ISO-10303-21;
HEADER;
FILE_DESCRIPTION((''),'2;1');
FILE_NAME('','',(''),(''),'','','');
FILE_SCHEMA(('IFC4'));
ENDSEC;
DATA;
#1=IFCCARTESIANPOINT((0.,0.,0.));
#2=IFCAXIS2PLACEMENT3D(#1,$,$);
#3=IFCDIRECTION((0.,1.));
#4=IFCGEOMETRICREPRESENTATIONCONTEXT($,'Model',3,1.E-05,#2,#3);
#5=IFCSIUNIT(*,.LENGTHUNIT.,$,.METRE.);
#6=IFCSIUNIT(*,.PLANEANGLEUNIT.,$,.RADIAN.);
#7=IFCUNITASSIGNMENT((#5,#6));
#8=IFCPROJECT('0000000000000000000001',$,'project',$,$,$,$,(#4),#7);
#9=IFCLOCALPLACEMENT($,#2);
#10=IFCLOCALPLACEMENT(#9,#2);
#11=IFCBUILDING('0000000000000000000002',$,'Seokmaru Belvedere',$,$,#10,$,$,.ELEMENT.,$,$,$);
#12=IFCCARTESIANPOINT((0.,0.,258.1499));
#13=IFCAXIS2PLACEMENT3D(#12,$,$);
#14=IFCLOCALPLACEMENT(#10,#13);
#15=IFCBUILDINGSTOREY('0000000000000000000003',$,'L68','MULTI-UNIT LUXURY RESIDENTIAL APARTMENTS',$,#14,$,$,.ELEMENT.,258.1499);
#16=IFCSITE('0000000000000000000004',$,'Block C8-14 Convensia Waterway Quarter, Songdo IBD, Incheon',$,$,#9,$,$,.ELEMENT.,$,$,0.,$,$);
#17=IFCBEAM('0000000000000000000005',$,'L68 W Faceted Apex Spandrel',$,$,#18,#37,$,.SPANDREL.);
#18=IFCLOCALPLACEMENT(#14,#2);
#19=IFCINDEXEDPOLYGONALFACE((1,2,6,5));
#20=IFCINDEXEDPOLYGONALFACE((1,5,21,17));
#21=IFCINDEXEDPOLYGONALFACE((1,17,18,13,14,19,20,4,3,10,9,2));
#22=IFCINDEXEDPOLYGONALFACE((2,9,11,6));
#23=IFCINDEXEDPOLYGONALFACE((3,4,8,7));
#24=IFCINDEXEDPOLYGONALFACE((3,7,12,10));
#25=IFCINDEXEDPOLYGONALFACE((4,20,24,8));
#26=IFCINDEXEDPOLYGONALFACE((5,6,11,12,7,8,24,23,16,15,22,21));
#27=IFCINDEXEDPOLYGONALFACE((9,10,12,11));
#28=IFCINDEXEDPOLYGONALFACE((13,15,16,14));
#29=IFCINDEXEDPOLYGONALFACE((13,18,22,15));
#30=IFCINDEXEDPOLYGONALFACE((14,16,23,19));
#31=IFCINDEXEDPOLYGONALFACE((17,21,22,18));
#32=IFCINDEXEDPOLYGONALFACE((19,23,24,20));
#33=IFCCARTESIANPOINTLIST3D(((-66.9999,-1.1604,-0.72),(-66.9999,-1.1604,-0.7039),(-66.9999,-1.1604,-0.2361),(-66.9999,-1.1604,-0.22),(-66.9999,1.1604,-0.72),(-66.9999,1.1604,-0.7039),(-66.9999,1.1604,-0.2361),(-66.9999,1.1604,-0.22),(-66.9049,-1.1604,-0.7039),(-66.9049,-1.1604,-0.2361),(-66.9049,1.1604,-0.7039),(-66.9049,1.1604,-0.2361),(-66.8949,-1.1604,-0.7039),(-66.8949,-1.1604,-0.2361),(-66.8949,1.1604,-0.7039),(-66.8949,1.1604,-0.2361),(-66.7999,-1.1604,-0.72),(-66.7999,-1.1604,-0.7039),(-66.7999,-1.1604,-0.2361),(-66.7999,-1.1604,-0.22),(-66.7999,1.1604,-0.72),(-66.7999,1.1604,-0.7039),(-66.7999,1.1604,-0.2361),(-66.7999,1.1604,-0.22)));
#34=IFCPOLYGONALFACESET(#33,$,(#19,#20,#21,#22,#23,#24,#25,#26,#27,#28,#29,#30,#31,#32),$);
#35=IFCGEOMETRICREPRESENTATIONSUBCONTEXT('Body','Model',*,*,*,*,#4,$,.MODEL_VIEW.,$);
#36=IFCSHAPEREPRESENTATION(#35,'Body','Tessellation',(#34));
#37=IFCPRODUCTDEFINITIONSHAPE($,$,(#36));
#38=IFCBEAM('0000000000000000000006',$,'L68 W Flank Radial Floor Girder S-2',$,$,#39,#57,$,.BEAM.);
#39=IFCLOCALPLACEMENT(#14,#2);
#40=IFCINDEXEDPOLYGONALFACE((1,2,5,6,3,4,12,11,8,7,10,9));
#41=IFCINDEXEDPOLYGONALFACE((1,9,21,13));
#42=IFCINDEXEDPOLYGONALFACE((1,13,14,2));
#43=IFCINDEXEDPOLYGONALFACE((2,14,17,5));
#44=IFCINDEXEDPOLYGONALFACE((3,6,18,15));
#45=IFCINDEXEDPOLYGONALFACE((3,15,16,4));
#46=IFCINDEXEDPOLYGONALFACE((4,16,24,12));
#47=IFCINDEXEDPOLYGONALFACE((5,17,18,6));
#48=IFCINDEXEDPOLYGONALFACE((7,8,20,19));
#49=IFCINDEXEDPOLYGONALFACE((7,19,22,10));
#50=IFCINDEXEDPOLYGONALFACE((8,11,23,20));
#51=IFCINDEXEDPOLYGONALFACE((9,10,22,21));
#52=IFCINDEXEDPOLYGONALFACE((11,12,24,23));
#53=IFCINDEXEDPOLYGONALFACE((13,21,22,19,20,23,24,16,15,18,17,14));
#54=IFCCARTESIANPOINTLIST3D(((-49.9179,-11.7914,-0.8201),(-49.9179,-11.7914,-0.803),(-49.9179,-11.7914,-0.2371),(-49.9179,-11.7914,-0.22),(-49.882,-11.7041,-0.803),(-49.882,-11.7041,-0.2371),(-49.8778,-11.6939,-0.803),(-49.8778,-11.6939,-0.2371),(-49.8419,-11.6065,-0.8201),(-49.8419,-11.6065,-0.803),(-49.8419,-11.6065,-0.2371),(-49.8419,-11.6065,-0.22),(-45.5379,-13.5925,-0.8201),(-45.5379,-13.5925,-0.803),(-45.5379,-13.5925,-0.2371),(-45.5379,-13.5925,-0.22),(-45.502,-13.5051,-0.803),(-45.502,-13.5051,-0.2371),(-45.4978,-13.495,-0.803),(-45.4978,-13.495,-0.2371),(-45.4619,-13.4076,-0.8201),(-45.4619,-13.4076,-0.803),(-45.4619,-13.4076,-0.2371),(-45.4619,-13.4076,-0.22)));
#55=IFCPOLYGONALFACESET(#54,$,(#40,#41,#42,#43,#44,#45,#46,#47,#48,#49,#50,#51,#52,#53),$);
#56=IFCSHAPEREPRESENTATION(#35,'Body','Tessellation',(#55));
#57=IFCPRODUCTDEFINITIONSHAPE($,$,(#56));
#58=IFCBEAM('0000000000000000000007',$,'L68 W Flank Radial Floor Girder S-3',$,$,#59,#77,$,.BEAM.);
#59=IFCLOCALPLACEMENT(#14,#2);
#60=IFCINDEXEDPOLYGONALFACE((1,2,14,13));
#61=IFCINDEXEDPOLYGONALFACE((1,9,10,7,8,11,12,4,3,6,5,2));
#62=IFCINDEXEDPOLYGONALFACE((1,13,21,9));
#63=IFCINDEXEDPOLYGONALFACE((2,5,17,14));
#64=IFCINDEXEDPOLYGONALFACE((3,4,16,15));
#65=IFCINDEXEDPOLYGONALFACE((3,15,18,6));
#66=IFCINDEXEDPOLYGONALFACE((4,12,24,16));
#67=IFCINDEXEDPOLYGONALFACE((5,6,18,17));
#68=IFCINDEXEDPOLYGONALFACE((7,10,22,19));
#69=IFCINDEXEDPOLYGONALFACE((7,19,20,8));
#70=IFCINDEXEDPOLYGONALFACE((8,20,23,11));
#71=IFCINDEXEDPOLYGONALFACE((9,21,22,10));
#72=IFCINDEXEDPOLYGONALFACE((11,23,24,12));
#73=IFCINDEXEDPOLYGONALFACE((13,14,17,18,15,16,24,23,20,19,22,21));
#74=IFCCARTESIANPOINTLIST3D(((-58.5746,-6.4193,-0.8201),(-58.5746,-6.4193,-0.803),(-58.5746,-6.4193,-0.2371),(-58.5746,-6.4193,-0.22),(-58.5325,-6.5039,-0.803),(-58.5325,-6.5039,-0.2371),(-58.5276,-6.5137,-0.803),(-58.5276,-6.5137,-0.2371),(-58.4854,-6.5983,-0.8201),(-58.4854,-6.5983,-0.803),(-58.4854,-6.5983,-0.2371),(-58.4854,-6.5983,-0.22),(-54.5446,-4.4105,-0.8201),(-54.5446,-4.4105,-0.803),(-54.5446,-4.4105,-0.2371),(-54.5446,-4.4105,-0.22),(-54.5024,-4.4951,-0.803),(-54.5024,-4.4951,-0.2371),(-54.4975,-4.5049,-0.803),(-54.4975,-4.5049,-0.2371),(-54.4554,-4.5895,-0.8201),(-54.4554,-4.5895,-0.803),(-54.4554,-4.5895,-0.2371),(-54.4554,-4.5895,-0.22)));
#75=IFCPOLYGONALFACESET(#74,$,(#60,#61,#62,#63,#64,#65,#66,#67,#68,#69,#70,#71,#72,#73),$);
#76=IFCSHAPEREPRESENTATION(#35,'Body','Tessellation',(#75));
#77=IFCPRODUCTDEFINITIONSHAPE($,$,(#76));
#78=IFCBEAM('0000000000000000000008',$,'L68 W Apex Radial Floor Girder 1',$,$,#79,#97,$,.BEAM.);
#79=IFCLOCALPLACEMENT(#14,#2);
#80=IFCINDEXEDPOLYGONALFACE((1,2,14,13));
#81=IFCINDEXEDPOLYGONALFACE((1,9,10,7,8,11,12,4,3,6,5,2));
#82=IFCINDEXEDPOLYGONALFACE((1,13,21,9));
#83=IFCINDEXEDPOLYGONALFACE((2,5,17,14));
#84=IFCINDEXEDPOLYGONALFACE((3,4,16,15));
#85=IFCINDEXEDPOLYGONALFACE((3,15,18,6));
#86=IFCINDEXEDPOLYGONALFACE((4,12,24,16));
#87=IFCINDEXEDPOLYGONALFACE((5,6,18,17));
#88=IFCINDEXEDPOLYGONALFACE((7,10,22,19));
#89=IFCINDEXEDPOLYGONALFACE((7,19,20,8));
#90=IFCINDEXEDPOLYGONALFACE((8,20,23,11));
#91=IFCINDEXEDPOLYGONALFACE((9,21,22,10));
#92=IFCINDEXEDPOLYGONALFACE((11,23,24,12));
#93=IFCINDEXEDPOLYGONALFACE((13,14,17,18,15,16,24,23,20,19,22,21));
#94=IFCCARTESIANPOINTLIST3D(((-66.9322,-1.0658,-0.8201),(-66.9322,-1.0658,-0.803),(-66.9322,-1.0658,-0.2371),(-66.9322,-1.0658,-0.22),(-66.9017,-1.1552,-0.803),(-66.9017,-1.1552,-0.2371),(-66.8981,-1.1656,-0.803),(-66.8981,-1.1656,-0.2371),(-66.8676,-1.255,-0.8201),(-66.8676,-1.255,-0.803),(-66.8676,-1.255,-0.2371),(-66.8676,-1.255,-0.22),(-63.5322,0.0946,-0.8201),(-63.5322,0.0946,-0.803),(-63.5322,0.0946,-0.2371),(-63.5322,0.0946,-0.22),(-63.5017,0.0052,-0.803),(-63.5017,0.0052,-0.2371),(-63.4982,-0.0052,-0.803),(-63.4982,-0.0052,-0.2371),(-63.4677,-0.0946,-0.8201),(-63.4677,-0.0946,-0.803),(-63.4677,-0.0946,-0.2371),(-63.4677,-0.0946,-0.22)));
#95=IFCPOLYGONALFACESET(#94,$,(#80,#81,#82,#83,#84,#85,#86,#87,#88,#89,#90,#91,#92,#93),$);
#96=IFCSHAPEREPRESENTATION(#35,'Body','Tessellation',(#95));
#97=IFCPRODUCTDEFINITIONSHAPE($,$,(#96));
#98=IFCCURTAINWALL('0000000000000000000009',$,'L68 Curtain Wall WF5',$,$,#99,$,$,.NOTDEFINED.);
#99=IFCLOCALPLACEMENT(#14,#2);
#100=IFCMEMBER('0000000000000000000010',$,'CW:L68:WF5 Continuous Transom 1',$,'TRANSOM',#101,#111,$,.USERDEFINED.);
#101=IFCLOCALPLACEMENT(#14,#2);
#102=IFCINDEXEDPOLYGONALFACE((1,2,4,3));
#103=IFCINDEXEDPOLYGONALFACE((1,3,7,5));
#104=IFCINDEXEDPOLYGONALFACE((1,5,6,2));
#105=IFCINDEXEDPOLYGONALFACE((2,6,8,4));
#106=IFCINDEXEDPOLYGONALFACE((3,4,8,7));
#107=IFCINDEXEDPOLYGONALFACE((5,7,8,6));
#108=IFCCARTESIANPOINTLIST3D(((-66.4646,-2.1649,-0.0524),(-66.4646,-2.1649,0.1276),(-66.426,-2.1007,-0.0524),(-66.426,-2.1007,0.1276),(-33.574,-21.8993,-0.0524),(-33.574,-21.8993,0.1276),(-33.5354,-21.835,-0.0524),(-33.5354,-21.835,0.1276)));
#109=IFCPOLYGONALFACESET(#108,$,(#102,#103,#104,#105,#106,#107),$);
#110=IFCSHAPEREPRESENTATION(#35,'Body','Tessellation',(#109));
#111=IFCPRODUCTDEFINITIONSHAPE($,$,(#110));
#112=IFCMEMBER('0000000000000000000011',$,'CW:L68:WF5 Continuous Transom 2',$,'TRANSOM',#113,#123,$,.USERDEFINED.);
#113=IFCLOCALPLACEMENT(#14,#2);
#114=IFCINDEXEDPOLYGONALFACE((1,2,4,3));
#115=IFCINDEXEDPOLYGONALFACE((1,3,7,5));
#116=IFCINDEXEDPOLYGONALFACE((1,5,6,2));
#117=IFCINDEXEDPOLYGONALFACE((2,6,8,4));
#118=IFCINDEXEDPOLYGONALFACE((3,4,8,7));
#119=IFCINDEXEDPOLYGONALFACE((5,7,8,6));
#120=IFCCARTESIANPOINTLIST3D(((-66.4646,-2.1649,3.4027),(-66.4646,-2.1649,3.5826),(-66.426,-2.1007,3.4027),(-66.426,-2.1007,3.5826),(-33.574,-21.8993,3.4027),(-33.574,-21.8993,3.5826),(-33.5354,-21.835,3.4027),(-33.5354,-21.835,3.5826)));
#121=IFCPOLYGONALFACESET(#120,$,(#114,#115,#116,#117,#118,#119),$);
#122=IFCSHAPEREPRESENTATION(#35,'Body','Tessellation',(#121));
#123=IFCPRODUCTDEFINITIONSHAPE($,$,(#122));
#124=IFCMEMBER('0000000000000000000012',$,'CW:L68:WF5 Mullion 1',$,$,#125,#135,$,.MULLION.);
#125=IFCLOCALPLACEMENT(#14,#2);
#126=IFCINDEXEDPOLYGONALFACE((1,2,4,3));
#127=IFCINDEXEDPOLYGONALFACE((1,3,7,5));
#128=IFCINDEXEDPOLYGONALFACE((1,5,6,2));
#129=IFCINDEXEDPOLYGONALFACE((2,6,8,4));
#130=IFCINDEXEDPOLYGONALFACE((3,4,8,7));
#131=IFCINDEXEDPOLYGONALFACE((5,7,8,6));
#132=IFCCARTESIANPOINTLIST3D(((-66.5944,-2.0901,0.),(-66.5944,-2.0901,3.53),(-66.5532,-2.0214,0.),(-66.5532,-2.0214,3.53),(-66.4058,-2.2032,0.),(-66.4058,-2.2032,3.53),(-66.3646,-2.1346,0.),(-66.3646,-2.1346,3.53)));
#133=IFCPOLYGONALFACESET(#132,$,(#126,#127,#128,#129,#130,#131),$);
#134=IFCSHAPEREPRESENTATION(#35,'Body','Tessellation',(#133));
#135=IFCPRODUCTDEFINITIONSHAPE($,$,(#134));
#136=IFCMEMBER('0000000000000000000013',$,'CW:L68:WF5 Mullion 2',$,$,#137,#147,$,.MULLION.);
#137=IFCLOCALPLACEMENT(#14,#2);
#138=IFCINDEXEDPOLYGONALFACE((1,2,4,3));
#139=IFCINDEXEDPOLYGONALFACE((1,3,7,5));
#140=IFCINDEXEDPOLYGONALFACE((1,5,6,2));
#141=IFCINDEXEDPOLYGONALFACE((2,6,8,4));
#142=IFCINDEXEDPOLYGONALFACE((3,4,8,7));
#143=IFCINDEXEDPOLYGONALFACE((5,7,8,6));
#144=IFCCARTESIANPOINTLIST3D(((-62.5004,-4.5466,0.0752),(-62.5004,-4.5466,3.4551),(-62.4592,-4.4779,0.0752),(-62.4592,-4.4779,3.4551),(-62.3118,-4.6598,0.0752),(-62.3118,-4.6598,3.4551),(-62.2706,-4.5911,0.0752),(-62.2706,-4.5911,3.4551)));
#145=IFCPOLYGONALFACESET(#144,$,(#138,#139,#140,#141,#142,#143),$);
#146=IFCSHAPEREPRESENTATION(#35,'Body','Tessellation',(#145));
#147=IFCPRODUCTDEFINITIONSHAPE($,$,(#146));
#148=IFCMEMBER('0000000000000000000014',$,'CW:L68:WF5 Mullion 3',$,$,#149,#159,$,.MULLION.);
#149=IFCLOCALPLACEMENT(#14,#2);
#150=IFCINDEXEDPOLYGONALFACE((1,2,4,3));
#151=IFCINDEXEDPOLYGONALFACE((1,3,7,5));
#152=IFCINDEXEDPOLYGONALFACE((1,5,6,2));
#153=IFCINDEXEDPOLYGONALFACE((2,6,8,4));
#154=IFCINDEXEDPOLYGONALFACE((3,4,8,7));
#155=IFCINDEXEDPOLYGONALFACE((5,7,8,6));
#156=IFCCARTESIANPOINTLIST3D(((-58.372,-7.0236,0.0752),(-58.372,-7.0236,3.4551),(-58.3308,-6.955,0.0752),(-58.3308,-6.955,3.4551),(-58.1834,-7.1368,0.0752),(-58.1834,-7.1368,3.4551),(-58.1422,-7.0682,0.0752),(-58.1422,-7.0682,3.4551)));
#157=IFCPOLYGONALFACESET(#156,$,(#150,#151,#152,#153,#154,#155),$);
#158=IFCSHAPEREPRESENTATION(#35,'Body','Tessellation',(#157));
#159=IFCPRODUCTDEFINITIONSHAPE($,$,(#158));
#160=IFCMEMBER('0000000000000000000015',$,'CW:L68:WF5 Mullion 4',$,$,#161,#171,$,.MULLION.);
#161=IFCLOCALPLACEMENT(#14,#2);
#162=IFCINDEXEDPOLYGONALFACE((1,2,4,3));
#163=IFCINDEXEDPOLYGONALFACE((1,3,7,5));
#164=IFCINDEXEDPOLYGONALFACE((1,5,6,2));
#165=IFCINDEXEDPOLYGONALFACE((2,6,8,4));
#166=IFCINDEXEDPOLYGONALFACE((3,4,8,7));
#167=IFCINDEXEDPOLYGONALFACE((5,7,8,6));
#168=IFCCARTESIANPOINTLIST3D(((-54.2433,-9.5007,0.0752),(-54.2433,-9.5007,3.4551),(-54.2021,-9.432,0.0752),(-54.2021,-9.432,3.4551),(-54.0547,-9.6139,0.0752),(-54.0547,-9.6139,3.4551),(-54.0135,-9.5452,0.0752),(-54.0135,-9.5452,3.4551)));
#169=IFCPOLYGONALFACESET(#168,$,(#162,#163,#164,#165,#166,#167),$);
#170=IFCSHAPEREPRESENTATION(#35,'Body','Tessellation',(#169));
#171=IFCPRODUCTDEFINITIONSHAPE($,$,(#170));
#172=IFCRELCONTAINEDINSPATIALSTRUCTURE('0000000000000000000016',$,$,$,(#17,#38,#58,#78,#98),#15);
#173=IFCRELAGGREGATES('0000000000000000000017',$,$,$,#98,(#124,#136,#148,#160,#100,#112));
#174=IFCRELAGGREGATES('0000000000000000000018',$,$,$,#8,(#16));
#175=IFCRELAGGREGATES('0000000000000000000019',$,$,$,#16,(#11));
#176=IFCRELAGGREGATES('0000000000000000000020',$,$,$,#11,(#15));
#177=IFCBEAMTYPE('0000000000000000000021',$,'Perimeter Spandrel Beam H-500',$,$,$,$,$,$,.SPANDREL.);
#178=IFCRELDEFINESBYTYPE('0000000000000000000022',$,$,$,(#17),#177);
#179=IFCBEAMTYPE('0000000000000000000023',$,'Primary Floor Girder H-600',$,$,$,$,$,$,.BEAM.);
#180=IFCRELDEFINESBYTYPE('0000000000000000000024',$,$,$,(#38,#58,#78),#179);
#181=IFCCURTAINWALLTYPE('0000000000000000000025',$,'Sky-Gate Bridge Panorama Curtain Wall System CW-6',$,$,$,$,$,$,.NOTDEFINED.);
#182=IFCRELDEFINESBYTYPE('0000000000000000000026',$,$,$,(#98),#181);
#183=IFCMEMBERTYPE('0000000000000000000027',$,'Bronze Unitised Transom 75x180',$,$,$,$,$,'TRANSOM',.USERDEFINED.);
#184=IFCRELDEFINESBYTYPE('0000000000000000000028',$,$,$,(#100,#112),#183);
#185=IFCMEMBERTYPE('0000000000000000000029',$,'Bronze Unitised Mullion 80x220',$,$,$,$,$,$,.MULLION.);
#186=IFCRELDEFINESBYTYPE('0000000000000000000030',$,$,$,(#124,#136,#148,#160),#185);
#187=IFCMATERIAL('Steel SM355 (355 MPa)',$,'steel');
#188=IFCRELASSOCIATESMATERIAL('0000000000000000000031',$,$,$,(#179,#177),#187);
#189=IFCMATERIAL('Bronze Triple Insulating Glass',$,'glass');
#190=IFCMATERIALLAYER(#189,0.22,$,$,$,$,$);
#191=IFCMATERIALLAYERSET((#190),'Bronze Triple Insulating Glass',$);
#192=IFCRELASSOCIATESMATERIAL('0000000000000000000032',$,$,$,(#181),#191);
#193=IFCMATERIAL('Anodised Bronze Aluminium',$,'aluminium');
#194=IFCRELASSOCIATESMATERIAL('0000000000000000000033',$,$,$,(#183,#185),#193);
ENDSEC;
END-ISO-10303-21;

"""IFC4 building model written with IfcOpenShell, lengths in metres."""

from ifc_helpers import new_model, si_unit, direction, frame, origin, origin_2d, place, context, subcontext, project, spatial, rectangle, i_section, extrude, source, transform, mapped, material, layer, layer_set, material_profile, profile_set, type_object, type_shapes, element, aggregate, save


model = new_model("IFC4")

# Units and contexts
model_context = context("Model", 3, precision=1e-05, world=origin(), true_north=direction((0.0, 1.0)))
body_context = subcontext(model_context, "Body", "Model", "MODEL_VIEW")
ifc_project = project(units=[si_unit("LENGTHUNIT", "METRE"), si_unit("PLANEANGLEUNIT", "RADIAN")], contexts=[model_context])

# Site, building, storey
site_placement = place(None, origin())
site = spatial("IfcSite", under=ifc_project, at=site_placement, Name="Block C8-14 Convensia Waterway Quarter, Songdo IBD, Incheon", CompositionType="ELEMENT", RefElevation=0.0)
building_placement = place(site_placement, origin())
building = spatial("IfcBuilding", under=site, at=building_placement, Name="Seokmaru Belvedere", CompositionType="ELEMENT")
storey_placement = place(building_placement, frame((0.0, 0.0, 258.1499)))
storey = spatial("IfcBuildingStorey", under=building, at=storey_placement, Name="L68", Description="MULTI-UNIT LUXURY RESIDENTIAL APARTMENTS", CompositionType="ELEMENT", Elevation=258.1499)

# Shared definitions
ifc_material_1 = material(Name="Steel SM355 (355 MPa)", Category="steel")

# Beams
ifc_material_profile_1 = material_profile(ifc_material_1, i_section(OverallWidth=0.2, OverallDepth=0.6001, WebThickness=0.011, FlangeThickness=0.0171, at=origin_2d()), Name="H-600x200x11x17")
ifc_profile_set_1 = profile_set([ifc_material_profile_1], Name="Steel SM355 (355 MPa)")
beam_type_1 = type_object("IfcBeamType", Name="Primary Floor Girder H-600", PredefinedType="BEAM", material=ifc_profile_set_1)
ifc_material_profile_2 = material_profile(ifc_material_1, i_section(OverallWidth=0.2, OverallDepth=0.5, WebThickness=0.01, FlangeThickness=0.0161, at=origin_2d()), Name="H-500x200x10x16")
ifc_profile_set_2 = profile_set([ifc_material_profile_2], Name="Steel SM355 (355 MPa)")
beam_type_2 = type_object("IfcBeamType", Name="Perimeter Spandrel Beam H-500", PredefinedType="SPANDREL", material=ifc_profile_set_2)
shared_shape_1 = source(origin(), body_context, "Body", "SweptSolid", [
    extrude(i_section(OverallWidth=0.2, OverallDepth=0.5, WebThickness=0.01, FlangeThickness=0.0161, at=origin_2d()), origin(), (0.0, 0.0, 1.0), 2.3208),
])
beam_1_placement = place(storey_placement, frame((-66.8999, -1.1604, -0.47), z_axis=(0.0, 1.0, 0.0), x_axis=(-1.0, 0.0, 0.0)))
element("IfcBeam", 1, at=beam_1_placement, inside=storey, type_object=beam_type_2, Name="L68 W Faceted Apex Spandrel", PredefinedType="SPANDREL", context=body_context, shape_type="MappedRepresentation", body=[
    mapped(shared_shape_1, transform((0.0, 0.0, 0.0), scale=1.0)),
])
shared_shape_2 = source(origin(), body_context, "Body", "SweptSolid", [
    extrude(i_section(OverallWidth=0.2, OverallDepth=0.6001, WebThickness=0.011, FlangeThickness=0.0171, at=origin_2d()), origin(), (0.0, 0.0, 1.0), 4.7358),
])
beam_2_placement = place(storey_placement, frame((-49.8799, -11.699, -0.52), z_axis=(0.924861, -0.380306, 0.0), x_axis=(0.380306, 0.924861, 0.0)))
element("IfcBeam", 2, at=beam_2_placement, inside=storey, type_object=beam_type_1, Name="L68 W Flank Radial Floor Girder S-2", PredefinedType="BEAM", context=body_context, shape_type="MappedRepresentation", body=[
    mapped(shared_shape_2, transform((0.0, 0.0, 0.0), scale=1.0)),
])
shared_shape_3 = source(origin(), body_context, "Body", "SweptSolid", [
    extrude(i_section(OverallWidth=0.2, OverallDepth=0.6001, WebThickness=0.011, FlangeThickness=0.0171, at=origin_2d()), origin(), (0.0, 0.0, 1.0), 4.5029),
])
beam_3_placement = place(storey_placement, frame((-58.53, -6.5088, -0.52), z_axis=(0.89498, 0.446107, 0.0), x_axis=(-0.446107, 0.89498, 0.0)))
element("IfcBeam", 3, at=beam_3_placement, inside=storey, type_object=beam_type_1, Name="L68 W Flank Radial Floor Girder S-3", PredefinedType="BEAM", context=body_context, shape_type="MappedRepresentation", body=[
    mapped(shared_shape_3, transform((0.0, 0.0, 0.0), scale=1.0)),
])
shared_shape_4 = source(origin(), body_context, "Body", "SweptSolid", [
    extrude(i_section(OverallWidth=0.2, OverallDepth=0.6001, WebThickness=0.011, FlangeThickness=0.0171, at=origin_2d()), origin(), (0.0, 0.0, 1.0), 3.5925),
])
beam_4_placement = place(storey_placement, frame((-66.8999, -1.1604, -0.52), z_axis=(0.946396, 0.323009, 0.0), x_axis=(-0.323009, 0.946396, 0.0)))
element("IfcBeam", 4, at=beam_4_placement, inside=storey, type_object=beam_type_1, Name="L68 W Apex Radial Floor Girder 1", PredefinedType="BEAM", context=body_context, shape_type="MappedRepresentation", body=[
    mapped(shared_shape_4, transform((0.0, 0.0, 0.0), scale=1.0)),
])

# Curtain wall, members
ifc_material_2 = material(Name="Bronze Triple Insulating Glass", Category="glass")
ifc_layer_1 = layer(ifc_material_2, 0.22)
ifc_layer_set_1 = layer_set([ifc_layer_1], Name="Bronze Triple Insulating Glass")
curtain_wall_type = type_object("IfcCurtainWallType", Name="Sky-Gate Bridge Panorama Curtain Wall System CW-6", PredefinedType="NOTDEFINED", material=ifc_layer_set_1)
curtain_wall_placement = place(storey_placement, origin())
curtain_wall = element("IfcCurtainWall", 5, at=curtain_wall_placement, inside=storey, type_object=curtain_wall_type, Name="L68 Curtain Wall WF5", PredefinedType="NOTDEFINED")
ifc_material_3 = material(Name="Anodised Bronze Aluminium", Category="aluminium")
ifc_material_profile_3 = material_profile(ifc_material_3, rectangle(XDim=0.075, YDim=0.1799, at=origin_2d()), Name="CW-T-75x180")
ifc_profile_set_3 = profile_set([ifc_material_profile_3], Name="Anodised Bronze Aluminium")
member_type_1 = type_object("IfcMemberType", Name="Bronze Unitised Transom 75x180", ElementType="TRANSOM", PredefinedType="USERDEFINED", material=ifc_profile_set_3)
shared_shape_5 = source(origin(), body_context, "Body", "SweptSolid", [
    extrude(rectangle(XDim=0.075, YDim=0.1799, at=origin_2d()), origin(), (0.0, 0.0, 1.0), 38.3567),
])
type_shapes(member_type_1, [shared_shape_5])
member_1_placement = place(storey_placement, frame((-66.4453, -2.1328, 0.0376), z_axis=(0.857493, -0.514496, 0.0), x_axis=(0.514496, 0.857493, 0.0)))
member_1 = element("IfcMember", 6, at=member_1_placement, type_object=member_type_1, Name="CW:L68:WF5 Continuous Transom 1", ObjectType="TRANSOM", PredefinedType="USERDEFINED", context=body_context, shape_type="MappedRepresentation", body=[
    mapped(shared_shape_5, transform((0.0, 0.0, 0.0), scale=1.0)),
])
member_2_placement = place(storey_placement, frame((-66.4453, -2.1328, 3.4927), z_axis=(0.857493, -0.514496, 0.0), x_axis=(0.514496, 0.857493, 0.0)))
member_2 = element("IfcMember", 7, at=member_2_placement, type_object=member_type_1, Name="CW:L68:WF5 Continuous Transom 2", ObjectType="TRANSOM", PredefinedType="USERDEFINED", context=body_context, shape_type="MappedRepresentation", body=[
    mapped(shared_shape_5, transform((0.0, 0.0, 0.0), scale=1.0)),
])
ifc_material_profile_4 = material_profile(ifc_material_3, rectangle(XDim=0.0801, YDim=0.22, at=origin_2d()), Name="CW-M-80x220")
ifc_profile_set_4 = profile_set([ifc_material_profile_4], Name="Anodised Bronze Aluminium")
member_type_2 = type_object("IfcMemberType", Name="Bronze Unitised Mullion 80x220", PredefinedType="MULLION", material=ifc_profile_set_4)
shared_shape_6 = source(origin(), body_context, "Body", "SweptSolid", [
    extrude(rectangle(XDim=0.0801, YDim=0.22, at=origin_2d()), origin(), (0.0, 0.0, 1.0), 3.53),
])
member_3_placement = place(storey_placement, frame((-66.4795, -2.1123, 0.0), z_axis=(0.0, 0.0, 1.0), x_axis=(0.514495, 0.857493, 0.0)))
member_3 = element("IfcMember", 8, at=member_3_placement, type_object=member_type_2, Name="CW:L68:WF5 Mullion 1", PredefinedType="MULLION", context=body_context, shape_type="MappedRepresentation", body=[
    mapped(shared_shape_6, transform((0.0, 0.0, 0.0), scale=1.0)),
])
shared_shape_7 = source(origin(), body_context, "Body", "SweptSolid", [
    extrude(rectangle(XDim=0.0801, YDim=0.22, at=origin_2d()), origin(), (0.0, 0.0, 1.0), 3.3799),
])
type_shapes(member_type_2, [shared_shape_6, shared_shape_7])
member_4_placement = place(storey_placement, frame((-62.3855, -4.5688, 0.0752), z_axis=(0.0, 0.0, 1.0), x_axis=(0.514495, 0.857493, 0.0)))
member_4 = element("IfcMember", 9, at=member_4_placement, type_object=member_type_2, Name="CW:L68:WF5 Mullion 2", PredefinedType="MULLION", context=body_context, shape_type="MappedRepresentation", body=[
    mapped(shared_shape_7, transform((0.0, 0.0, 0.0), scale=1.0)),
])
member_5_placement = place(storey_placement, frame((-58.2571, -7.0459, 0.0752), z_axis=(0.0, 0.0, 1.0), x_axis=(0.514495, 0.857493, 0.0)))
member_5 = element("IfcMember", 10, at=member_5_placement, type_object=member_type_2, Name="CW:L68:WF5 Mullion 3", PredefinedType="MULLION", context=body_context, shape_type="MappedRepresentation", body=[
    mapped(shared_shape_7, transform((0.0, 0.0, 0.0), scale=1.0)),
])
member_6_placement = place(storey_placement, frame((-54.1284, -9.5229, 0.0752), z_axis=(0.0, 0.0, 1.0), x_axis=(0.514495, 0.857493, 0.0)))
member_6 = element("IfcMember", 11, at=member_6_placement, type_object=member_type_2, Name="CW:L68:WF5 Mullion 4", PredefinedType="MULLION", context=body_context, shape_type="MappedRepresentation", body=[
    mapped(shared_shape_7, transform((0.0, 0.0, 0.0), scale=1.0)),
])
aggregate(curtain_wall, [member_3, member_4, member_5, member_6, member_1, member_2])

save(model, "model.ifc")
